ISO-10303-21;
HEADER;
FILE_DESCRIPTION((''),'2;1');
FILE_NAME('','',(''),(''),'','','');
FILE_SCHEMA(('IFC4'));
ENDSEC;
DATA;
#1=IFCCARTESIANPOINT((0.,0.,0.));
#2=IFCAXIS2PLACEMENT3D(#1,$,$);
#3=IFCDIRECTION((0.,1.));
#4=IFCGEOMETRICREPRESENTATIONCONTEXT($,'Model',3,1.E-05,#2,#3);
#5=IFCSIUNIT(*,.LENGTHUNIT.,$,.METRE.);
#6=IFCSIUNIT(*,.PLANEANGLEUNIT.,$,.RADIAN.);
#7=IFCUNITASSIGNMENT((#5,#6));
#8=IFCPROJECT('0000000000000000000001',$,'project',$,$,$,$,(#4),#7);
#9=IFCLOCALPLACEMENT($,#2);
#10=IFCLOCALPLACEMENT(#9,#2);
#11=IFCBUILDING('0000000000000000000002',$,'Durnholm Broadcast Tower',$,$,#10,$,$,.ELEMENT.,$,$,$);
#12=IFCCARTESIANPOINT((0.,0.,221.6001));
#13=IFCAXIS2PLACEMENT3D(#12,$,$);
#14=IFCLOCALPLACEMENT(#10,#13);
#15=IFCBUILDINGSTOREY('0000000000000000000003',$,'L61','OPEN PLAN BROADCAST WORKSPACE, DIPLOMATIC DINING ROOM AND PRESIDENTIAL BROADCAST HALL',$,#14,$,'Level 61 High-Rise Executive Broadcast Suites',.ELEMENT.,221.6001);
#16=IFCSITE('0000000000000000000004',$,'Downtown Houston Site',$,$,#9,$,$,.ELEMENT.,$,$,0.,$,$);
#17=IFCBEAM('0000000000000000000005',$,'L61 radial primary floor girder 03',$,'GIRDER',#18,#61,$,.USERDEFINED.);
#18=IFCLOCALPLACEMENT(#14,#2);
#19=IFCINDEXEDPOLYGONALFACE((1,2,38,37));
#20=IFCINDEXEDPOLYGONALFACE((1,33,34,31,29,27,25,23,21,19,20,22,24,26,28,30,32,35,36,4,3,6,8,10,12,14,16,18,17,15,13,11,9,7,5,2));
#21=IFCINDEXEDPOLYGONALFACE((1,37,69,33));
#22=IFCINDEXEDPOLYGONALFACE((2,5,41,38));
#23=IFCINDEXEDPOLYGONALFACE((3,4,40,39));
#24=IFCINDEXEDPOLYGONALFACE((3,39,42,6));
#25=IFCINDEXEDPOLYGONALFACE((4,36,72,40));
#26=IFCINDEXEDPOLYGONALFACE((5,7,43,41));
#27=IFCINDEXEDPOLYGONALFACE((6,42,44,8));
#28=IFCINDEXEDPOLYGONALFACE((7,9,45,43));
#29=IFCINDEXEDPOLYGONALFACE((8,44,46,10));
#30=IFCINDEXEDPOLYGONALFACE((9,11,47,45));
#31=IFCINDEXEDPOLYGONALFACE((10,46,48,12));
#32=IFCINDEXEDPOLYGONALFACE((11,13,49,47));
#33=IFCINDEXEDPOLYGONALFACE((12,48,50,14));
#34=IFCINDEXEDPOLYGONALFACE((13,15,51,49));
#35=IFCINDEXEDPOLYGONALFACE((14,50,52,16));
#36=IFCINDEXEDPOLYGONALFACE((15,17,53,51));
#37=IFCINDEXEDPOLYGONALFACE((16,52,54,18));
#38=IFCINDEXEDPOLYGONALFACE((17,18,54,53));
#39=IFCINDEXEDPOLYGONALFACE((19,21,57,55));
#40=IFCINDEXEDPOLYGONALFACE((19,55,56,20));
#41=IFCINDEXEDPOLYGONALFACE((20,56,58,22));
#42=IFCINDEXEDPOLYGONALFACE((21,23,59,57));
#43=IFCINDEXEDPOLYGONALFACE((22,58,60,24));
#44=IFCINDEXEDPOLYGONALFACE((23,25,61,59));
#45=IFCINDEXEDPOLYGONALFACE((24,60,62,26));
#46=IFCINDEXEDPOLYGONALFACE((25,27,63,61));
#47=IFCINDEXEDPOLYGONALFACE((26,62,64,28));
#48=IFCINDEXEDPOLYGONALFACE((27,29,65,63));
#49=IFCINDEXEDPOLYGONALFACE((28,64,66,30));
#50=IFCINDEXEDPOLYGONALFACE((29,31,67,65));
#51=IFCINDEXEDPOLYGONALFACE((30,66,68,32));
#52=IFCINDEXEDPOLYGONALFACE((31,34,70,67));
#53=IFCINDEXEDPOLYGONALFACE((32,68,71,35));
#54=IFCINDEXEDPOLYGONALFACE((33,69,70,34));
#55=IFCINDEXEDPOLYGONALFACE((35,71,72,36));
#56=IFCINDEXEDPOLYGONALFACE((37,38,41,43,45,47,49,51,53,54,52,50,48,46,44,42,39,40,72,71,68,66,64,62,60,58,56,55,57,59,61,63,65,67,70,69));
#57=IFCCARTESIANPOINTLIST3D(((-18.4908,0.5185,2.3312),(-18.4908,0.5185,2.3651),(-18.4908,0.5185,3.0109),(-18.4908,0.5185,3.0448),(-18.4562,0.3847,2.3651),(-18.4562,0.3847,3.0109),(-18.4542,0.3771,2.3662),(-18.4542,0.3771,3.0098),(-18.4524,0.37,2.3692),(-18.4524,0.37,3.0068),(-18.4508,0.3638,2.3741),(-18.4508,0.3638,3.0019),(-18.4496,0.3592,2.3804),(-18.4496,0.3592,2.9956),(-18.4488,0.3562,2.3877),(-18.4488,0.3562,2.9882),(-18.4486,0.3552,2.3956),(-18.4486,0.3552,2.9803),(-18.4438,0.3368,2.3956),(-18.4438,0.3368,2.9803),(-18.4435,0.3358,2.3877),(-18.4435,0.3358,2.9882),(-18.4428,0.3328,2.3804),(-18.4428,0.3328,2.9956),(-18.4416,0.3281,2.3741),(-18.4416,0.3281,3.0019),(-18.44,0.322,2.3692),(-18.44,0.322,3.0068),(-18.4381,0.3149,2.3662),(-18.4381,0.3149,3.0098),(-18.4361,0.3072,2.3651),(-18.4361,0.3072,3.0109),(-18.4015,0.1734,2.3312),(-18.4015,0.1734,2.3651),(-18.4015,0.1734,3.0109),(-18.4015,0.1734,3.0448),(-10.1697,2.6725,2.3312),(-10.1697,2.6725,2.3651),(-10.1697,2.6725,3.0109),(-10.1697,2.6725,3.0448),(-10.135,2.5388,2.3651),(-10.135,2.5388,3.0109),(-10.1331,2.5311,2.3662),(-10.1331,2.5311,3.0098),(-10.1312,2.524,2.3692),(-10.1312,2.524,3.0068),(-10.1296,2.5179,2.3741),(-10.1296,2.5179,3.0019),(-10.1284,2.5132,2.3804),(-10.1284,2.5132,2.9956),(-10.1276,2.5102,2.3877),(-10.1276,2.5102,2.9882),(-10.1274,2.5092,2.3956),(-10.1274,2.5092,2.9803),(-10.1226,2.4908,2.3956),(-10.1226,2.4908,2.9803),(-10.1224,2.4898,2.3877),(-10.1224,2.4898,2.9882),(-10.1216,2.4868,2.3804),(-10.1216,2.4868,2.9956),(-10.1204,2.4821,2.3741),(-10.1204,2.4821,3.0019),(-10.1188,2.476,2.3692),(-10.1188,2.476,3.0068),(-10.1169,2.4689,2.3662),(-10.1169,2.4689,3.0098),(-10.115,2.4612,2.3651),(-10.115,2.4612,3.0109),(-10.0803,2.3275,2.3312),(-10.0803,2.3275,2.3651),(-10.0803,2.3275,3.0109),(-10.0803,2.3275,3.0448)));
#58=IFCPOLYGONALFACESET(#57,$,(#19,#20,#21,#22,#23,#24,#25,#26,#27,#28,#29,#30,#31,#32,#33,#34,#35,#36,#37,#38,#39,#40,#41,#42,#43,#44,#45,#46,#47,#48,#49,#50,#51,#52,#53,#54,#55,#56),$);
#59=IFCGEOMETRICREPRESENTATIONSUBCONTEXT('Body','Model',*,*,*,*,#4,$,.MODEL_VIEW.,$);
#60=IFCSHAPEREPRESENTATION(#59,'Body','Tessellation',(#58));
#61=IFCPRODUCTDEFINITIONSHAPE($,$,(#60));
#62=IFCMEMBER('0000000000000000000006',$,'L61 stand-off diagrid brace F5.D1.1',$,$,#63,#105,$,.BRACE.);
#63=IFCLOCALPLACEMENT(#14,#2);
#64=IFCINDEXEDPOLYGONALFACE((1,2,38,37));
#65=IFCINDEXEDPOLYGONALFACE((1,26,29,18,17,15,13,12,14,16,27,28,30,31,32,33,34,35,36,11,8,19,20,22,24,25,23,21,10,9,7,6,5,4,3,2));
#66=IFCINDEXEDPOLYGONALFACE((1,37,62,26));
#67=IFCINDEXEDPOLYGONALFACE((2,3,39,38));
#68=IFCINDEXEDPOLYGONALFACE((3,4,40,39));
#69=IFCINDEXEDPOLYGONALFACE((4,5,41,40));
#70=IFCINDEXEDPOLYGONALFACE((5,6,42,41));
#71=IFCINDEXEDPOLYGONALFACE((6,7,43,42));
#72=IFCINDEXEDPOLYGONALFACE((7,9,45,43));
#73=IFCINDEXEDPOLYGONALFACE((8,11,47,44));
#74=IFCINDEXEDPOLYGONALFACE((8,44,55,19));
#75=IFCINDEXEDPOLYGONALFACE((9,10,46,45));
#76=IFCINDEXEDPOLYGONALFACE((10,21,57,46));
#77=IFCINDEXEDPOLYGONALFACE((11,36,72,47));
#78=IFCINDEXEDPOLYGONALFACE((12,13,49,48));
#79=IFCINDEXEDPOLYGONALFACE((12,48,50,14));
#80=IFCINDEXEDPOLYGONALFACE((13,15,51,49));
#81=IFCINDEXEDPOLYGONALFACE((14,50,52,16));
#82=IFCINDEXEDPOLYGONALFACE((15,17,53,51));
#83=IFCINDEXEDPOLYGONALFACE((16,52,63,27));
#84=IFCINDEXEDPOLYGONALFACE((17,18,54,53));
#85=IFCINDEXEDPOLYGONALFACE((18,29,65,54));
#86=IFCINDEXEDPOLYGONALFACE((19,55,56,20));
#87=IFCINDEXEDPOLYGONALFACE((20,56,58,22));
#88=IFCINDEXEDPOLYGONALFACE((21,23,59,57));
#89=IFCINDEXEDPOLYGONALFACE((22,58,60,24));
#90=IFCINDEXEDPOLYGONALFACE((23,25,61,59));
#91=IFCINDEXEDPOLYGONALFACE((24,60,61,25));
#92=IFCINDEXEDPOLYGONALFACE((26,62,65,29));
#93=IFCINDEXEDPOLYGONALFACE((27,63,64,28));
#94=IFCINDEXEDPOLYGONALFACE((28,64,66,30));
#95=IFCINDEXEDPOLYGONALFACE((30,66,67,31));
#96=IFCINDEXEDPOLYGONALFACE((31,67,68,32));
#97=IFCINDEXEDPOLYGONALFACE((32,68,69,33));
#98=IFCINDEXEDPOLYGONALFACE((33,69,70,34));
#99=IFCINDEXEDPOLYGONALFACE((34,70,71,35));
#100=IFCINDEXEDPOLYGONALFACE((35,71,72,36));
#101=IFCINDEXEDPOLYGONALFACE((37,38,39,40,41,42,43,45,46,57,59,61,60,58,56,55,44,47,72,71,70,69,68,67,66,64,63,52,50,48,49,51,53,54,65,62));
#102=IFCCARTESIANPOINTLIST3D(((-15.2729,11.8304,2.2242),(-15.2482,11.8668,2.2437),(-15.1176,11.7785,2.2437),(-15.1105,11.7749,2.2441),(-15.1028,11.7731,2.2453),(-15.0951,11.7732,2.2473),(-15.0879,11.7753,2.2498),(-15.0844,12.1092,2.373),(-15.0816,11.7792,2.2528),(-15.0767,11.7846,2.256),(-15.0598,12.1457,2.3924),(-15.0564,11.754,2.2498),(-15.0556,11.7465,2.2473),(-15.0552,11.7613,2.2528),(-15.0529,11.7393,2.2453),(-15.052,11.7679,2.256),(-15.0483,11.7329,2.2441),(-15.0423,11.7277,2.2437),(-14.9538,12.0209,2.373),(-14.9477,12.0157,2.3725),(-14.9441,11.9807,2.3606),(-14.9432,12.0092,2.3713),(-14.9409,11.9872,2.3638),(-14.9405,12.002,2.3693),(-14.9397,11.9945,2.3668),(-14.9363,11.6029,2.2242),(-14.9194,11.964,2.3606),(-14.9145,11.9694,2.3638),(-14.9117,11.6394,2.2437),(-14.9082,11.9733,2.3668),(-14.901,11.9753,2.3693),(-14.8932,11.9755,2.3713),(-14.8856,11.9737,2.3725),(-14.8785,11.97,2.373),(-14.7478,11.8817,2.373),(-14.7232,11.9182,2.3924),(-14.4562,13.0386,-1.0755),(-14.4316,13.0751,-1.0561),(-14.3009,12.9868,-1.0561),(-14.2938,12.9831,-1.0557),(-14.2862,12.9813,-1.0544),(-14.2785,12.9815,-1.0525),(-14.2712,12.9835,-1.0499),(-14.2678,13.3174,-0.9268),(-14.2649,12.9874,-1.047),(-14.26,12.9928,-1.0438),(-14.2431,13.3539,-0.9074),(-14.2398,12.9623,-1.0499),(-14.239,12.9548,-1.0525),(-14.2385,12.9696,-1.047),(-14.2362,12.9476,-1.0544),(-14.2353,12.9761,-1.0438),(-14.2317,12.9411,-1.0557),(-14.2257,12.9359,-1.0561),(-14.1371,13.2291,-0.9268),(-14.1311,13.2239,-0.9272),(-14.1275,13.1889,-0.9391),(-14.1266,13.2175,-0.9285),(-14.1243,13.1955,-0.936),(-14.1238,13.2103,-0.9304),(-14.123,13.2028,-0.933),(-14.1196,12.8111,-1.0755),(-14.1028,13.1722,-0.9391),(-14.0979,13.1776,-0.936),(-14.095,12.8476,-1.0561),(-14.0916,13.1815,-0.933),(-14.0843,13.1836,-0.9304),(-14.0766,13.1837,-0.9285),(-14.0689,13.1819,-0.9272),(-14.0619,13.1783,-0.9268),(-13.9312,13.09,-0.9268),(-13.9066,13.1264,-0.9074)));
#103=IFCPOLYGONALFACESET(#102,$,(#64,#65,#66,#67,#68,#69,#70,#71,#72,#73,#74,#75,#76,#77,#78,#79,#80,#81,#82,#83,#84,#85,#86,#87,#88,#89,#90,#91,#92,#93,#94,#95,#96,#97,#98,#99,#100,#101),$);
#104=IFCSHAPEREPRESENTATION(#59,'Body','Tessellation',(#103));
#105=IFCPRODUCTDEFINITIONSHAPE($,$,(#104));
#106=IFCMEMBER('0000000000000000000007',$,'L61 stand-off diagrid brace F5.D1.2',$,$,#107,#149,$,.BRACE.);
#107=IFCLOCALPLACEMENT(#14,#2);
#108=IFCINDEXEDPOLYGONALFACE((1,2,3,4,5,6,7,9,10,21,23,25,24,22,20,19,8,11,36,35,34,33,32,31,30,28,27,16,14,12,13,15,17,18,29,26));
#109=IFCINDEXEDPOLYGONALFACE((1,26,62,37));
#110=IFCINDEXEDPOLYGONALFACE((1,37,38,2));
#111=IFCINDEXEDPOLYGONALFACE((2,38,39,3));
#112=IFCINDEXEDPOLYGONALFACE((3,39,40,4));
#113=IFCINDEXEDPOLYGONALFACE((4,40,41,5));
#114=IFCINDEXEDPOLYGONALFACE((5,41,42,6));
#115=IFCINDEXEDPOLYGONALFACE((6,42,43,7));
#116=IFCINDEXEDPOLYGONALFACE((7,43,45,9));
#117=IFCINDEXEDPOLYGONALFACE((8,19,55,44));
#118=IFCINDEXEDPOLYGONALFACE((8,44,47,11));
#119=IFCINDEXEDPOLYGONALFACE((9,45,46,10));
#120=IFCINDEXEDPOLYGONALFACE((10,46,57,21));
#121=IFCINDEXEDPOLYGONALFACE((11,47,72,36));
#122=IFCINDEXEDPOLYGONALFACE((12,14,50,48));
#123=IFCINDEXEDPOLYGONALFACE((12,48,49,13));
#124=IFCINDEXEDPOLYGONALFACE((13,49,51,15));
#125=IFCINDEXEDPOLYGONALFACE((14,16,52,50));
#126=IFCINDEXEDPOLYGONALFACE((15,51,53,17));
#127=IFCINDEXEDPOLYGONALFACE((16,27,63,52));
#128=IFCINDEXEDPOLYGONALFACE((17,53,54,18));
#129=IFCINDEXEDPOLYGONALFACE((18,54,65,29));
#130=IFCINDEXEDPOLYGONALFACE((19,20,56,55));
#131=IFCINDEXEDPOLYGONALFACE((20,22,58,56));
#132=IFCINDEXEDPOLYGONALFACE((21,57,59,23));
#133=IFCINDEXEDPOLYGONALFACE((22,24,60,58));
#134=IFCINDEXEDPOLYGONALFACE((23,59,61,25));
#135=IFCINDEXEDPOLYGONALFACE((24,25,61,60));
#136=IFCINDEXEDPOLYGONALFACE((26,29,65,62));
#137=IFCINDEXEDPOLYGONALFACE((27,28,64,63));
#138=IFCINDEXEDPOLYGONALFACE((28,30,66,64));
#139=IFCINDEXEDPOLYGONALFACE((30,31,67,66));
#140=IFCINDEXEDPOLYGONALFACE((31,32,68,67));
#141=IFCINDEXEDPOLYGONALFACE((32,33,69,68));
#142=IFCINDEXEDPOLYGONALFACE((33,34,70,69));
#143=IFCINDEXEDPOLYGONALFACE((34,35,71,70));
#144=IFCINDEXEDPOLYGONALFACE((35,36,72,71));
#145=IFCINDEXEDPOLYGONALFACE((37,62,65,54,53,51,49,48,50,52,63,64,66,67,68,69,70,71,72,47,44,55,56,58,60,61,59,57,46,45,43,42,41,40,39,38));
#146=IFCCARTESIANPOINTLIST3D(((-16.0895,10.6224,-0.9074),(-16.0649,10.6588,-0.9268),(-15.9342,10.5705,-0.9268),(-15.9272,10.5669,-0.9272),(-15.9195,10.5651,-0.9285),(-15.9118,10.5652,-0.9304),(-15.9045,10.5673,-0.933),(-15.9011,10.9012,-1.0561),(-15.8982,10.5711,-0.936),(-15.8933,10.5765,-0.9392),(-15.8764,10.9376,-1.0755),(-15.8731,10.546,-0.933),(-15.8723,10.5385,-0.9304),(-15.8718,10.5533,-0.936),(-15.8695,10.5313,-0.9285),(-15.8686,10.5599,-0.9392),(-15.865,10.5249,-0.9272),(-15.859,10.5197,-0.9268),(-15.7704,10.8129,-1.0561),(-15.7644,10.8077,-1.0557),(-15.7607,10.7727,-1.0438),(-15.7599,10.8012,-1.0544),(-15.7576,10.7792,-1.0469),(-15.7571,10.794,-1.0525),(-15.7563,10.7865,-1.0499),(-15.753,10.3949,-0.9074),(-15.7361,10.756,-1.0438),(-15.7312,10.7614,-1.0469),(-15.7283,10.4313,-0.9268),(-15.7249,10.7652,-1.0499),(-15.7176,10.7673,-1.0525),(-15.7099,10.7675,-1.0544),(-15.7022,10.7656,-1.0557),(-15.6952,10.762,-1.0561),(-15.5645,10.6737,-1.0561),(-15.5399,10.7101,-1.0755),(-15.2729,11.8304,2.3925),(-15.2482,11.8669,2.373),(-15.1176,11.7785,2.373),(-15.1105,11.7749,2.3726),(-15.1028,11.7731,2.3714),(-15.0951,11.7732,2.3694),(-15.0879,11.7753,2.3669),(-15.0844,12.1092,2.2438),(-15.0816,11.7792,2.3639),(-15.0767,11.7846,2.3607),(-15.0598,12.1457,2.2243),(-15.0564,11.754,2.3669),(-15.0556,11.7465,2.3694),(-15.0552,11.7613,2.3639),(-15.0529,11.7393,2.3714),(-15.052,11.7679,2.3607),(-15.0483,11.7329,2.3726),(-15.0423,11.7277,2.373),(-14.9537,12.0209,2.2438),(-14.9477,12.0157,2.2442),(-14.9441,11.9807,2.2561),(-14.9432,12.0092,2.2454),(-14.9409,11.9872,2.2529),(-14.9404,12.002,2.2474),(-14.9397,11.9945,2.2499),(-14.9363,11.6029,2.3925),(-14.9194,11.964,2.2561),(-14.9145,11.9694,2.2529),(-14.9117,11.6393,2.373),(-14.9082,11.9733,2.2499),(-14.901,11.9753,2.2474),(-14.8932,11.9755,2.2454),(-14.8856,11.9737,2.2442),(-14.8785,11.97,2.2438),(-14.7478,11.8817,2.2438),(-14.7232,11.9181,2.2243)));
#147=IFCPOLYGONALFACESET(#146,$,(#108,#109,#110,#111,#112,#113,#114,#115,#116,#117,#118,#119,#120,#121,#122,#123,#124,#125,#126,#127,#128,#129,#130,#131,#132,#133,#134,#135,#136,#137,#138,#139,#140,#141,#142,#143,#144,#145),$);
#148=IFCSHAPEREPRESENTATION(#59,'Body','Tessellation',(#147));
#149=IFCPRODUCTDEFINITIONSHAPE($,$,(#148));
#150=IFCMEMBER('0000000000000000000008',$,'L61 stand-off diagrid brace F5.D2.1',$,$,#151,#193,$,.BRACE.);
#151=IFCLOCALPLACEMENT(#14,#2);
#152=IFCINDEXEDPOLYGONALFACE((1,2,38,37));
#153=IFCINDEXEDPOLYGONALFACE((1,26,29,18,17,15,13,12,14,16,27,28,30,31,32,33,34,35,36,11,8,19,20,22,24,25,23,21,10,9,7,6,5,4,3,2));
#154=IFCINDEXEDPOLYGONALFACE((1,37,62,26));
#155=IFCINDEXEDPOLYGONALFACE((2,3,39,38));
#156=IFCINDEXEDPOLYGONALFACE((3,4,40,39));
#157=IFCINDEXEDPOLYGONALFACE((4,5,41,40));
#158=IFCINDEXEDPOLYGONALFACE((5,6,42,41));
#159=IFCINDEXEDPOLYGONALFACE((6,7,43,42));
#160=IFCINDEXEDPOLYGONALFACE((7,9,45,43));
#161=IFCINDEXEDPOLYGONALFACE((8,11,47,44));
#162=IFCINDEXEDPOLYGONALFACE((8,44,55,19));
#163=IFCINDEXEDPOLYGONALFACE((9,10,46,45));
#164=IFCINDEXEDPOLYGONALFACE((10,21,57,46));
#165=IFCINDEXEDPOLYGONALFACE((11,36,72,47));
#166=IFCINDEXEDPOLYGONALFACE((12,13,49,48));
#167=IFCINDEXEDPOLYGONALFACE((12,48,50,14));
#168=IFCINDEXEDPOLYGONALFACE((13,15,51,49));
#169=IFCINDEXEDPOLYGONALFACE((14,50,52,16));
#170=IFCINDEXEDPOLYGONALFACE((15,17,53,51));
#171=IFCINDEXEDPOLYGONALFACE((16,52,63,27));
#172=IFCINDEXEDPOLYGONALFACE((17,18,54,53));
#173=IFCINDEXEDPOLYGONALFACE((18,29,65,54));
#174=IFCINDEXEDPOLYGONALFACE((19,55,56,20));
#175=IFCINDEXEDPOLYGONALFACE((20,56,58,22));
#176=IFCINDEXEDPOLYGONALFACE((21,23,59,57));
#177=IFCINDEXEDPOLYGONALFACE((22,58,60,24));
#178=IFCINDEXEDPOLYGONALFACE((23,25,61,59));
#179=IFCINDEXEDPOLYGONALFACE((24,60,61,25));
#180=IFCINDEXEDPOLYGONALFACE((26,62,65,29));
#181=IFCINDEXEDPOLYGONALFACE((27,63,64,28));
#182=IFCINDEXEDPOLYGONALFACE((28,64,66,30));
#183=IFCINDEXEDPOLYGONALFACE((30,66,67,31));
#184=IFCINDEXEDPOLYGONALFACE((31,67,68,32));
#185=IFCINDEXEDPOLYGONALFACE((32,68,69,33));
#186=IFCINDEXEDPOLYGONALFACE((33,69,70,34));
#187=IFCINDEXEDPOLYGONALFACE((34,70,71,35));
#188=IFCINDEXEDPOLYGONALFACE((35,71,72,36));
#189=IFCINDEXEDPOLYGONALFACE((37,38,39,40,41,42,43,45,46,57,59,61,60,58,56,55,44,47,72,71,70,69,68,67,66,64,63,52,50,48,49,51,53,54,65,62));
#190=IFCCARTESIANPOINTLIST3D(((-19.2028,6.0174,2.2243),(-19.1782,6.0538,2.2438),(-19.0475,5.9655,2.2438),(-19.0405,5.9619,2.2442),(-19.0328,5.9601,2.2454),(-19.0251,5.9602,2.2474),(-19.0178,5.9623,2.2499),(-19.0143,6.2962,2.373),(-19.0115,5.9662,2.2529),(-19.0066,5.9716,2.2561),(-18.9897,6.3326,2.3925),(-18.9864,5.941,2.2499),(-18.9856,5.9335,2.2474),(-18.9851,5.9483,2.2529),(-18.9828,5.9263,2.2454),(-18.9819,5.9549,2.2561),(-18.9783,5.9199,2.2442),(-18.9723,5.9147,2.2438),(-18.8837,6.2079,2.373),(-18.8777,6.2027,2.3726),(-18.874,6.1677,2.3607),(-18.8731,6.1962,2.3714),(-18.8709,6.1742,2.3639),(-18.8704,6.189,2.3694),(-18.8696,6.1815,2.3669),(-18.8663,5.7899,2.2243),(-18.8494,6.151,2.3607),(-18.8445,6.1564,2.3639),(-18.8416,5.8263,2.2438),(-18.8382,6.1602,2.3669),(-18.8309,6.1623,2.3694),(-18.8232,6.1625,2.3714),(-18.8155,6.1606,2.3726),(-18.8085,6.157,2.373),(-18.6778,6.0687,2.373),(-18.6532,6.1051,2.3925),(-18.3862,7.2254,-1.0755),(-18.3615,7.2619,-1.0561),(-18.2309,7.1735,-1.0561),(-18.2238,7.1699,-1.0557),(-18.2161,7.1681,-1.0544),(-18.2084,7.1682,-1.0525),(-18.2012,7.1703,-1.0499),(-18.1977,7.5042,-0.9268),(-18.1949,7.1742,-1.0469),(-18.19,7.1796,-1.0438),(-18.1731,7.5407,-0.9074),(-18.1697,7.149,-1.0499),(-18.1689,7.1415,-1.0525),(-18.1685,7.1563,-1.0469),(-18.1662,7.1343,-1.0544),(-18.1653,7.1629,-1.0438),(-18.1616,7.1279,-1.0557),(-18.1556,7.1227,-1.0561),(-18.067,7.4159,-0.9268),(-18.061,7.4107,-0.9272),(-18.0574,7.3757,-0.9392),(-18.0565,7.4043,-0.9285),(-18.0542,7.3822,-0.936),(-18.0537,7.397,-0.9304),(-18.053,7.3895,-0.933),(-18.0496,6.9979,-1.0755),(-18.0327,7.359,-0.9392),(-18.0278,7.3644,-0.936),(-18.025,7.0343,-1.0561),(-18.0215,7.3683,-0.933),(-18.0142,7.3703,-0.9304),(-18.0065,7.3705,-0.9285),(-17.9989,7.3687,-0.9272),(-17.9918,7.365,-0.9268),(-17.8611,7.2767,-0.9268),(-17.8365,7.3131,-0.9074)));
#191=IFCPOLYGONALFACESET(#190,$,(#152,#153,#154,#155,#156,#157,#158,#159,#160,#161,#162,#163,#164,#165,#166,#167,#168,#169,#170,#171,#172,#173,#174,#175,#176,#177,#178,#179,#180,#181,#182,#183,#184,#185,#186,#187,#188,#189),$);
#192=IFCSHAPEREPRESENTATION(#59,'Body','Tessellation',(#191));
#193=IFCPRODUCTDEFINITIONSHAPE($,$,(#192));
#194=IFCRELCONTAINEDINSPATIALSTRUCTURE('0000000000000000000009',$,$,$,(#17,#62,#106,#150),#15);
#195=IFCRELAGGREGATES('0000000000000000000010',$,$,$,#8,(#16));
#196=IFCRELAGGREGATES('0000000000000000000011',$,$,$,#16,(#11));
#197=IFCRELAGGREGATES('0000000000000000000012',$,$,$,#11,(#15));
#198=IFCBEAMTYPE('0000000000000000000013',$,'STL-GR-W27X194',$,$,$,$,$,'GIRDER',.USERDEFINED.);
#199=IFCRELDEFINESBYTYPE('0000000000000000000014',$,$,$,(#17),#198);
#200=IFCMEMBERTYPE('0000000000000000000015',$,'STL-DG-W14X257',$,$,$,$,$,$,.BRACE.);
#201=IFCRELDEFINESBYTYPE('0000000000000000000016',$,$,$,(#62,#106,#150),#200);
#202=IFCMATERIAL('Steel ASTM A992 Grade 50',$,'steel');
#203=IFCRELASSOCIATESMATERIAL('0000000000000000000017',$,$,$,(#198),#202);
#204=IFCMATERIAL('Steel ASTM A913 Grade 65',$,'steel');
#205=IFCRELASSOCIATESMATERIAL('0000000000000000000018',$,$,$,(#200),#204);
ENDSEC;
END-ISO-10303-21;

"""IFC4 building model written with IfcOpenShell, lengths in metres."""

from ifc_helpers import new_model, si_unit, direction, frame, origin, origin_2d, place, context, subcontext, project, spatial, i_section, extrude, source, transform, mapped, material, material_profile, profile_set, type_object, type_shapes, element, save


model = new_model("IFC4")

# Units and contexts
model_context = context("Model", 3, precision=1e-05, world=origin(), true_north=direction((0.0, 1.0)))
body_context = subcontext(model_context, "Body", "Model", "MODEL_VIEW")
ifc_project = project(units=[si_unit("LENGTHUNIT", "METRE"), si_unit("PLANEANGLEUNIT", "RADIAN")], contexts=[model_context])

# Site, building, storey
site_placement = place(None, origin())
site = spatial("IfcSite", under=ifc_project, at=site_placement, Name="Downtown Houston Site", CompositionType="ELEMENT", RefElevation=0.0)
building_placement = place(site_placement, origin())
building = spatial("IfcBuilding", under=site, at=building_placement, Name="Durnholm Broadcast Tower", CompositionType="ELEMENT")
storey_placement = place(building_placement, frame((0.0, 0.0, 221.6001)))
storey = spatial("IfcBuildingStorey", under=building, at=storey_placement, Name="L61", Description="OPEN PLAN BROADCAST WORKSPACE, DIPLOMATIC DINING ROOM AND PRESIDENTIAL BROADCAST HALL", LongName="Level 61 High-Rise Executive Broadcast Suites", CompositionType="ELEMENT", Elevation=221.6001)

# Beam
ifc_material_1 = material(Name="Steel ASTM A992 Grade 50", Category="steel")
ifc_material_profile_1 = material_profile(ifc_material_1, i_section(OverallWidth=0.3564, OverallDepth=0.7136, WebThickness=0.019, FlangeThickness=0.0339, FilletRadius=0.0305, at=origin_2d()), Name="W27X194")
ifc_profile_set_1 = profile_set([ifc_material_profile_1], Name="Steel ASTM A992 Grade 50")
beam_type_1 = type_object("IfcBeamType", Name="STL-GR-W27X194", ElementType="GIRDER", PredefinedType="USERDEFINED", material=ifc_profile_set_1)
shared_shape_1 = source(origin(), body_context, "Body", "SweptSolid", [
    extrude(i_section(OverallWidth=0.3564, OverallDepth=0.7136, WebThickness=0.019, FlangeThickness=0.0339, FilletRadius=0.0305, at=origin_2d()), origin(), (0.0, 0.0, 1.0), 8.5955),
])
beam_1_placement = place(storey_placement, frame((-10.125, 2.5, 2.688), z_axis=(-0.968091, -0.2506, 0.0), x_axis=(0.2506, -0.968091, 0.0)))
element("IfcBeam", 1, at=beam_1_placement, inside=storey, type_object=beam_type_1, Name="L61 radial primary floor girder 03", ObjectType="GIRDER", PredefinedType="USERDEFINED", context=body_context, shape_type="MappedRepresentation", body=[
    mapped(shared_shape_1, transform((0.0, 0.0, 0.0), x_axis=(1.0, 0.0, 0.0), y_axis=(0.0, 1.0, 0.0), z_axis=(0.0, 0.0, 1.0), scale=1.0)),
])

# Members
ifc_material_2 = material(Name="Steel ASTM A913 Grade 65", Category="steel")
ifc_material_profile_2 = material_profile(ifc_material_2, i_section(OverallWidth=0.4062, OverallDepth=0.416, WebThickness=0.0298, FlangeThickness=0.0481, FilletRadius=0.0305, at=origin_2d()), Name="W14X257")
ifc_profile_set_2 = profile_set([ifc_material_profile_2], Name="Steel ASTM A913 Grade 65")
member_type_1 = type_object("IfcMemberType", Name="STL-DG-W14X257", PredefinedType="BRACE", material=ifc_profile_set_2)
shared_shape_2 = source(origin(), body_context, "Body", "SweptSolid", [
    extrude(i_section(OverallWidth=0.4062, OverallDepth=0.416, WebThickness=0.0298, FlangeThickness=0.0481, FilletRadius=0.0305, at=origin_2d()), origin(), (0.0, 0.0, 1.0), 3.6077),
])
type_shapes(member_type_1, [shared_shape_2])
for number, where, z_axis, x_axis, name in (
    (2, (-14.1814, 13.0825, -0.9915), (-0.226363, -0.334909, 0.914656), (0.828505, -0.559982, 0.0), "L61 stand-off diagrid brace F5.D1.1"),
    (3, (-15.8147, 10.6663, -0.9915), (0.226368, 0.334849, 0.914677), (-0.828452, 0.560059, 0.0), "L61 stand-off diagrid brace F5.D1.2"),
    (4, (-18.1113, 7.2693, -0.9915), (-0.226368, -0.334849, 0.914677), (0.828452, -0.560059, 0.0), "L61 stand-off diagrid brace F5.D2.1"),
):
    element("IfcMember", number, at=place(storey_placement, frame(where, z_axis=z_axis, x_axis=x_axis)), inside=storey, type_object=member_type_1, Name=name, PredefinedType="BRACE", context=body_context, shape_type="MappedRepresentation", body=[
        mapped(shared_shape_2, transform((0.0, 0.0, 0.0), x_axis=(1.0, 0.0, 0.0), y_axis=(0.0, 1.0, 0.0), z_axis=(0.0, 0.0, 1.0), scale=1.0)),
    ])

save(model, "model.ifc")
